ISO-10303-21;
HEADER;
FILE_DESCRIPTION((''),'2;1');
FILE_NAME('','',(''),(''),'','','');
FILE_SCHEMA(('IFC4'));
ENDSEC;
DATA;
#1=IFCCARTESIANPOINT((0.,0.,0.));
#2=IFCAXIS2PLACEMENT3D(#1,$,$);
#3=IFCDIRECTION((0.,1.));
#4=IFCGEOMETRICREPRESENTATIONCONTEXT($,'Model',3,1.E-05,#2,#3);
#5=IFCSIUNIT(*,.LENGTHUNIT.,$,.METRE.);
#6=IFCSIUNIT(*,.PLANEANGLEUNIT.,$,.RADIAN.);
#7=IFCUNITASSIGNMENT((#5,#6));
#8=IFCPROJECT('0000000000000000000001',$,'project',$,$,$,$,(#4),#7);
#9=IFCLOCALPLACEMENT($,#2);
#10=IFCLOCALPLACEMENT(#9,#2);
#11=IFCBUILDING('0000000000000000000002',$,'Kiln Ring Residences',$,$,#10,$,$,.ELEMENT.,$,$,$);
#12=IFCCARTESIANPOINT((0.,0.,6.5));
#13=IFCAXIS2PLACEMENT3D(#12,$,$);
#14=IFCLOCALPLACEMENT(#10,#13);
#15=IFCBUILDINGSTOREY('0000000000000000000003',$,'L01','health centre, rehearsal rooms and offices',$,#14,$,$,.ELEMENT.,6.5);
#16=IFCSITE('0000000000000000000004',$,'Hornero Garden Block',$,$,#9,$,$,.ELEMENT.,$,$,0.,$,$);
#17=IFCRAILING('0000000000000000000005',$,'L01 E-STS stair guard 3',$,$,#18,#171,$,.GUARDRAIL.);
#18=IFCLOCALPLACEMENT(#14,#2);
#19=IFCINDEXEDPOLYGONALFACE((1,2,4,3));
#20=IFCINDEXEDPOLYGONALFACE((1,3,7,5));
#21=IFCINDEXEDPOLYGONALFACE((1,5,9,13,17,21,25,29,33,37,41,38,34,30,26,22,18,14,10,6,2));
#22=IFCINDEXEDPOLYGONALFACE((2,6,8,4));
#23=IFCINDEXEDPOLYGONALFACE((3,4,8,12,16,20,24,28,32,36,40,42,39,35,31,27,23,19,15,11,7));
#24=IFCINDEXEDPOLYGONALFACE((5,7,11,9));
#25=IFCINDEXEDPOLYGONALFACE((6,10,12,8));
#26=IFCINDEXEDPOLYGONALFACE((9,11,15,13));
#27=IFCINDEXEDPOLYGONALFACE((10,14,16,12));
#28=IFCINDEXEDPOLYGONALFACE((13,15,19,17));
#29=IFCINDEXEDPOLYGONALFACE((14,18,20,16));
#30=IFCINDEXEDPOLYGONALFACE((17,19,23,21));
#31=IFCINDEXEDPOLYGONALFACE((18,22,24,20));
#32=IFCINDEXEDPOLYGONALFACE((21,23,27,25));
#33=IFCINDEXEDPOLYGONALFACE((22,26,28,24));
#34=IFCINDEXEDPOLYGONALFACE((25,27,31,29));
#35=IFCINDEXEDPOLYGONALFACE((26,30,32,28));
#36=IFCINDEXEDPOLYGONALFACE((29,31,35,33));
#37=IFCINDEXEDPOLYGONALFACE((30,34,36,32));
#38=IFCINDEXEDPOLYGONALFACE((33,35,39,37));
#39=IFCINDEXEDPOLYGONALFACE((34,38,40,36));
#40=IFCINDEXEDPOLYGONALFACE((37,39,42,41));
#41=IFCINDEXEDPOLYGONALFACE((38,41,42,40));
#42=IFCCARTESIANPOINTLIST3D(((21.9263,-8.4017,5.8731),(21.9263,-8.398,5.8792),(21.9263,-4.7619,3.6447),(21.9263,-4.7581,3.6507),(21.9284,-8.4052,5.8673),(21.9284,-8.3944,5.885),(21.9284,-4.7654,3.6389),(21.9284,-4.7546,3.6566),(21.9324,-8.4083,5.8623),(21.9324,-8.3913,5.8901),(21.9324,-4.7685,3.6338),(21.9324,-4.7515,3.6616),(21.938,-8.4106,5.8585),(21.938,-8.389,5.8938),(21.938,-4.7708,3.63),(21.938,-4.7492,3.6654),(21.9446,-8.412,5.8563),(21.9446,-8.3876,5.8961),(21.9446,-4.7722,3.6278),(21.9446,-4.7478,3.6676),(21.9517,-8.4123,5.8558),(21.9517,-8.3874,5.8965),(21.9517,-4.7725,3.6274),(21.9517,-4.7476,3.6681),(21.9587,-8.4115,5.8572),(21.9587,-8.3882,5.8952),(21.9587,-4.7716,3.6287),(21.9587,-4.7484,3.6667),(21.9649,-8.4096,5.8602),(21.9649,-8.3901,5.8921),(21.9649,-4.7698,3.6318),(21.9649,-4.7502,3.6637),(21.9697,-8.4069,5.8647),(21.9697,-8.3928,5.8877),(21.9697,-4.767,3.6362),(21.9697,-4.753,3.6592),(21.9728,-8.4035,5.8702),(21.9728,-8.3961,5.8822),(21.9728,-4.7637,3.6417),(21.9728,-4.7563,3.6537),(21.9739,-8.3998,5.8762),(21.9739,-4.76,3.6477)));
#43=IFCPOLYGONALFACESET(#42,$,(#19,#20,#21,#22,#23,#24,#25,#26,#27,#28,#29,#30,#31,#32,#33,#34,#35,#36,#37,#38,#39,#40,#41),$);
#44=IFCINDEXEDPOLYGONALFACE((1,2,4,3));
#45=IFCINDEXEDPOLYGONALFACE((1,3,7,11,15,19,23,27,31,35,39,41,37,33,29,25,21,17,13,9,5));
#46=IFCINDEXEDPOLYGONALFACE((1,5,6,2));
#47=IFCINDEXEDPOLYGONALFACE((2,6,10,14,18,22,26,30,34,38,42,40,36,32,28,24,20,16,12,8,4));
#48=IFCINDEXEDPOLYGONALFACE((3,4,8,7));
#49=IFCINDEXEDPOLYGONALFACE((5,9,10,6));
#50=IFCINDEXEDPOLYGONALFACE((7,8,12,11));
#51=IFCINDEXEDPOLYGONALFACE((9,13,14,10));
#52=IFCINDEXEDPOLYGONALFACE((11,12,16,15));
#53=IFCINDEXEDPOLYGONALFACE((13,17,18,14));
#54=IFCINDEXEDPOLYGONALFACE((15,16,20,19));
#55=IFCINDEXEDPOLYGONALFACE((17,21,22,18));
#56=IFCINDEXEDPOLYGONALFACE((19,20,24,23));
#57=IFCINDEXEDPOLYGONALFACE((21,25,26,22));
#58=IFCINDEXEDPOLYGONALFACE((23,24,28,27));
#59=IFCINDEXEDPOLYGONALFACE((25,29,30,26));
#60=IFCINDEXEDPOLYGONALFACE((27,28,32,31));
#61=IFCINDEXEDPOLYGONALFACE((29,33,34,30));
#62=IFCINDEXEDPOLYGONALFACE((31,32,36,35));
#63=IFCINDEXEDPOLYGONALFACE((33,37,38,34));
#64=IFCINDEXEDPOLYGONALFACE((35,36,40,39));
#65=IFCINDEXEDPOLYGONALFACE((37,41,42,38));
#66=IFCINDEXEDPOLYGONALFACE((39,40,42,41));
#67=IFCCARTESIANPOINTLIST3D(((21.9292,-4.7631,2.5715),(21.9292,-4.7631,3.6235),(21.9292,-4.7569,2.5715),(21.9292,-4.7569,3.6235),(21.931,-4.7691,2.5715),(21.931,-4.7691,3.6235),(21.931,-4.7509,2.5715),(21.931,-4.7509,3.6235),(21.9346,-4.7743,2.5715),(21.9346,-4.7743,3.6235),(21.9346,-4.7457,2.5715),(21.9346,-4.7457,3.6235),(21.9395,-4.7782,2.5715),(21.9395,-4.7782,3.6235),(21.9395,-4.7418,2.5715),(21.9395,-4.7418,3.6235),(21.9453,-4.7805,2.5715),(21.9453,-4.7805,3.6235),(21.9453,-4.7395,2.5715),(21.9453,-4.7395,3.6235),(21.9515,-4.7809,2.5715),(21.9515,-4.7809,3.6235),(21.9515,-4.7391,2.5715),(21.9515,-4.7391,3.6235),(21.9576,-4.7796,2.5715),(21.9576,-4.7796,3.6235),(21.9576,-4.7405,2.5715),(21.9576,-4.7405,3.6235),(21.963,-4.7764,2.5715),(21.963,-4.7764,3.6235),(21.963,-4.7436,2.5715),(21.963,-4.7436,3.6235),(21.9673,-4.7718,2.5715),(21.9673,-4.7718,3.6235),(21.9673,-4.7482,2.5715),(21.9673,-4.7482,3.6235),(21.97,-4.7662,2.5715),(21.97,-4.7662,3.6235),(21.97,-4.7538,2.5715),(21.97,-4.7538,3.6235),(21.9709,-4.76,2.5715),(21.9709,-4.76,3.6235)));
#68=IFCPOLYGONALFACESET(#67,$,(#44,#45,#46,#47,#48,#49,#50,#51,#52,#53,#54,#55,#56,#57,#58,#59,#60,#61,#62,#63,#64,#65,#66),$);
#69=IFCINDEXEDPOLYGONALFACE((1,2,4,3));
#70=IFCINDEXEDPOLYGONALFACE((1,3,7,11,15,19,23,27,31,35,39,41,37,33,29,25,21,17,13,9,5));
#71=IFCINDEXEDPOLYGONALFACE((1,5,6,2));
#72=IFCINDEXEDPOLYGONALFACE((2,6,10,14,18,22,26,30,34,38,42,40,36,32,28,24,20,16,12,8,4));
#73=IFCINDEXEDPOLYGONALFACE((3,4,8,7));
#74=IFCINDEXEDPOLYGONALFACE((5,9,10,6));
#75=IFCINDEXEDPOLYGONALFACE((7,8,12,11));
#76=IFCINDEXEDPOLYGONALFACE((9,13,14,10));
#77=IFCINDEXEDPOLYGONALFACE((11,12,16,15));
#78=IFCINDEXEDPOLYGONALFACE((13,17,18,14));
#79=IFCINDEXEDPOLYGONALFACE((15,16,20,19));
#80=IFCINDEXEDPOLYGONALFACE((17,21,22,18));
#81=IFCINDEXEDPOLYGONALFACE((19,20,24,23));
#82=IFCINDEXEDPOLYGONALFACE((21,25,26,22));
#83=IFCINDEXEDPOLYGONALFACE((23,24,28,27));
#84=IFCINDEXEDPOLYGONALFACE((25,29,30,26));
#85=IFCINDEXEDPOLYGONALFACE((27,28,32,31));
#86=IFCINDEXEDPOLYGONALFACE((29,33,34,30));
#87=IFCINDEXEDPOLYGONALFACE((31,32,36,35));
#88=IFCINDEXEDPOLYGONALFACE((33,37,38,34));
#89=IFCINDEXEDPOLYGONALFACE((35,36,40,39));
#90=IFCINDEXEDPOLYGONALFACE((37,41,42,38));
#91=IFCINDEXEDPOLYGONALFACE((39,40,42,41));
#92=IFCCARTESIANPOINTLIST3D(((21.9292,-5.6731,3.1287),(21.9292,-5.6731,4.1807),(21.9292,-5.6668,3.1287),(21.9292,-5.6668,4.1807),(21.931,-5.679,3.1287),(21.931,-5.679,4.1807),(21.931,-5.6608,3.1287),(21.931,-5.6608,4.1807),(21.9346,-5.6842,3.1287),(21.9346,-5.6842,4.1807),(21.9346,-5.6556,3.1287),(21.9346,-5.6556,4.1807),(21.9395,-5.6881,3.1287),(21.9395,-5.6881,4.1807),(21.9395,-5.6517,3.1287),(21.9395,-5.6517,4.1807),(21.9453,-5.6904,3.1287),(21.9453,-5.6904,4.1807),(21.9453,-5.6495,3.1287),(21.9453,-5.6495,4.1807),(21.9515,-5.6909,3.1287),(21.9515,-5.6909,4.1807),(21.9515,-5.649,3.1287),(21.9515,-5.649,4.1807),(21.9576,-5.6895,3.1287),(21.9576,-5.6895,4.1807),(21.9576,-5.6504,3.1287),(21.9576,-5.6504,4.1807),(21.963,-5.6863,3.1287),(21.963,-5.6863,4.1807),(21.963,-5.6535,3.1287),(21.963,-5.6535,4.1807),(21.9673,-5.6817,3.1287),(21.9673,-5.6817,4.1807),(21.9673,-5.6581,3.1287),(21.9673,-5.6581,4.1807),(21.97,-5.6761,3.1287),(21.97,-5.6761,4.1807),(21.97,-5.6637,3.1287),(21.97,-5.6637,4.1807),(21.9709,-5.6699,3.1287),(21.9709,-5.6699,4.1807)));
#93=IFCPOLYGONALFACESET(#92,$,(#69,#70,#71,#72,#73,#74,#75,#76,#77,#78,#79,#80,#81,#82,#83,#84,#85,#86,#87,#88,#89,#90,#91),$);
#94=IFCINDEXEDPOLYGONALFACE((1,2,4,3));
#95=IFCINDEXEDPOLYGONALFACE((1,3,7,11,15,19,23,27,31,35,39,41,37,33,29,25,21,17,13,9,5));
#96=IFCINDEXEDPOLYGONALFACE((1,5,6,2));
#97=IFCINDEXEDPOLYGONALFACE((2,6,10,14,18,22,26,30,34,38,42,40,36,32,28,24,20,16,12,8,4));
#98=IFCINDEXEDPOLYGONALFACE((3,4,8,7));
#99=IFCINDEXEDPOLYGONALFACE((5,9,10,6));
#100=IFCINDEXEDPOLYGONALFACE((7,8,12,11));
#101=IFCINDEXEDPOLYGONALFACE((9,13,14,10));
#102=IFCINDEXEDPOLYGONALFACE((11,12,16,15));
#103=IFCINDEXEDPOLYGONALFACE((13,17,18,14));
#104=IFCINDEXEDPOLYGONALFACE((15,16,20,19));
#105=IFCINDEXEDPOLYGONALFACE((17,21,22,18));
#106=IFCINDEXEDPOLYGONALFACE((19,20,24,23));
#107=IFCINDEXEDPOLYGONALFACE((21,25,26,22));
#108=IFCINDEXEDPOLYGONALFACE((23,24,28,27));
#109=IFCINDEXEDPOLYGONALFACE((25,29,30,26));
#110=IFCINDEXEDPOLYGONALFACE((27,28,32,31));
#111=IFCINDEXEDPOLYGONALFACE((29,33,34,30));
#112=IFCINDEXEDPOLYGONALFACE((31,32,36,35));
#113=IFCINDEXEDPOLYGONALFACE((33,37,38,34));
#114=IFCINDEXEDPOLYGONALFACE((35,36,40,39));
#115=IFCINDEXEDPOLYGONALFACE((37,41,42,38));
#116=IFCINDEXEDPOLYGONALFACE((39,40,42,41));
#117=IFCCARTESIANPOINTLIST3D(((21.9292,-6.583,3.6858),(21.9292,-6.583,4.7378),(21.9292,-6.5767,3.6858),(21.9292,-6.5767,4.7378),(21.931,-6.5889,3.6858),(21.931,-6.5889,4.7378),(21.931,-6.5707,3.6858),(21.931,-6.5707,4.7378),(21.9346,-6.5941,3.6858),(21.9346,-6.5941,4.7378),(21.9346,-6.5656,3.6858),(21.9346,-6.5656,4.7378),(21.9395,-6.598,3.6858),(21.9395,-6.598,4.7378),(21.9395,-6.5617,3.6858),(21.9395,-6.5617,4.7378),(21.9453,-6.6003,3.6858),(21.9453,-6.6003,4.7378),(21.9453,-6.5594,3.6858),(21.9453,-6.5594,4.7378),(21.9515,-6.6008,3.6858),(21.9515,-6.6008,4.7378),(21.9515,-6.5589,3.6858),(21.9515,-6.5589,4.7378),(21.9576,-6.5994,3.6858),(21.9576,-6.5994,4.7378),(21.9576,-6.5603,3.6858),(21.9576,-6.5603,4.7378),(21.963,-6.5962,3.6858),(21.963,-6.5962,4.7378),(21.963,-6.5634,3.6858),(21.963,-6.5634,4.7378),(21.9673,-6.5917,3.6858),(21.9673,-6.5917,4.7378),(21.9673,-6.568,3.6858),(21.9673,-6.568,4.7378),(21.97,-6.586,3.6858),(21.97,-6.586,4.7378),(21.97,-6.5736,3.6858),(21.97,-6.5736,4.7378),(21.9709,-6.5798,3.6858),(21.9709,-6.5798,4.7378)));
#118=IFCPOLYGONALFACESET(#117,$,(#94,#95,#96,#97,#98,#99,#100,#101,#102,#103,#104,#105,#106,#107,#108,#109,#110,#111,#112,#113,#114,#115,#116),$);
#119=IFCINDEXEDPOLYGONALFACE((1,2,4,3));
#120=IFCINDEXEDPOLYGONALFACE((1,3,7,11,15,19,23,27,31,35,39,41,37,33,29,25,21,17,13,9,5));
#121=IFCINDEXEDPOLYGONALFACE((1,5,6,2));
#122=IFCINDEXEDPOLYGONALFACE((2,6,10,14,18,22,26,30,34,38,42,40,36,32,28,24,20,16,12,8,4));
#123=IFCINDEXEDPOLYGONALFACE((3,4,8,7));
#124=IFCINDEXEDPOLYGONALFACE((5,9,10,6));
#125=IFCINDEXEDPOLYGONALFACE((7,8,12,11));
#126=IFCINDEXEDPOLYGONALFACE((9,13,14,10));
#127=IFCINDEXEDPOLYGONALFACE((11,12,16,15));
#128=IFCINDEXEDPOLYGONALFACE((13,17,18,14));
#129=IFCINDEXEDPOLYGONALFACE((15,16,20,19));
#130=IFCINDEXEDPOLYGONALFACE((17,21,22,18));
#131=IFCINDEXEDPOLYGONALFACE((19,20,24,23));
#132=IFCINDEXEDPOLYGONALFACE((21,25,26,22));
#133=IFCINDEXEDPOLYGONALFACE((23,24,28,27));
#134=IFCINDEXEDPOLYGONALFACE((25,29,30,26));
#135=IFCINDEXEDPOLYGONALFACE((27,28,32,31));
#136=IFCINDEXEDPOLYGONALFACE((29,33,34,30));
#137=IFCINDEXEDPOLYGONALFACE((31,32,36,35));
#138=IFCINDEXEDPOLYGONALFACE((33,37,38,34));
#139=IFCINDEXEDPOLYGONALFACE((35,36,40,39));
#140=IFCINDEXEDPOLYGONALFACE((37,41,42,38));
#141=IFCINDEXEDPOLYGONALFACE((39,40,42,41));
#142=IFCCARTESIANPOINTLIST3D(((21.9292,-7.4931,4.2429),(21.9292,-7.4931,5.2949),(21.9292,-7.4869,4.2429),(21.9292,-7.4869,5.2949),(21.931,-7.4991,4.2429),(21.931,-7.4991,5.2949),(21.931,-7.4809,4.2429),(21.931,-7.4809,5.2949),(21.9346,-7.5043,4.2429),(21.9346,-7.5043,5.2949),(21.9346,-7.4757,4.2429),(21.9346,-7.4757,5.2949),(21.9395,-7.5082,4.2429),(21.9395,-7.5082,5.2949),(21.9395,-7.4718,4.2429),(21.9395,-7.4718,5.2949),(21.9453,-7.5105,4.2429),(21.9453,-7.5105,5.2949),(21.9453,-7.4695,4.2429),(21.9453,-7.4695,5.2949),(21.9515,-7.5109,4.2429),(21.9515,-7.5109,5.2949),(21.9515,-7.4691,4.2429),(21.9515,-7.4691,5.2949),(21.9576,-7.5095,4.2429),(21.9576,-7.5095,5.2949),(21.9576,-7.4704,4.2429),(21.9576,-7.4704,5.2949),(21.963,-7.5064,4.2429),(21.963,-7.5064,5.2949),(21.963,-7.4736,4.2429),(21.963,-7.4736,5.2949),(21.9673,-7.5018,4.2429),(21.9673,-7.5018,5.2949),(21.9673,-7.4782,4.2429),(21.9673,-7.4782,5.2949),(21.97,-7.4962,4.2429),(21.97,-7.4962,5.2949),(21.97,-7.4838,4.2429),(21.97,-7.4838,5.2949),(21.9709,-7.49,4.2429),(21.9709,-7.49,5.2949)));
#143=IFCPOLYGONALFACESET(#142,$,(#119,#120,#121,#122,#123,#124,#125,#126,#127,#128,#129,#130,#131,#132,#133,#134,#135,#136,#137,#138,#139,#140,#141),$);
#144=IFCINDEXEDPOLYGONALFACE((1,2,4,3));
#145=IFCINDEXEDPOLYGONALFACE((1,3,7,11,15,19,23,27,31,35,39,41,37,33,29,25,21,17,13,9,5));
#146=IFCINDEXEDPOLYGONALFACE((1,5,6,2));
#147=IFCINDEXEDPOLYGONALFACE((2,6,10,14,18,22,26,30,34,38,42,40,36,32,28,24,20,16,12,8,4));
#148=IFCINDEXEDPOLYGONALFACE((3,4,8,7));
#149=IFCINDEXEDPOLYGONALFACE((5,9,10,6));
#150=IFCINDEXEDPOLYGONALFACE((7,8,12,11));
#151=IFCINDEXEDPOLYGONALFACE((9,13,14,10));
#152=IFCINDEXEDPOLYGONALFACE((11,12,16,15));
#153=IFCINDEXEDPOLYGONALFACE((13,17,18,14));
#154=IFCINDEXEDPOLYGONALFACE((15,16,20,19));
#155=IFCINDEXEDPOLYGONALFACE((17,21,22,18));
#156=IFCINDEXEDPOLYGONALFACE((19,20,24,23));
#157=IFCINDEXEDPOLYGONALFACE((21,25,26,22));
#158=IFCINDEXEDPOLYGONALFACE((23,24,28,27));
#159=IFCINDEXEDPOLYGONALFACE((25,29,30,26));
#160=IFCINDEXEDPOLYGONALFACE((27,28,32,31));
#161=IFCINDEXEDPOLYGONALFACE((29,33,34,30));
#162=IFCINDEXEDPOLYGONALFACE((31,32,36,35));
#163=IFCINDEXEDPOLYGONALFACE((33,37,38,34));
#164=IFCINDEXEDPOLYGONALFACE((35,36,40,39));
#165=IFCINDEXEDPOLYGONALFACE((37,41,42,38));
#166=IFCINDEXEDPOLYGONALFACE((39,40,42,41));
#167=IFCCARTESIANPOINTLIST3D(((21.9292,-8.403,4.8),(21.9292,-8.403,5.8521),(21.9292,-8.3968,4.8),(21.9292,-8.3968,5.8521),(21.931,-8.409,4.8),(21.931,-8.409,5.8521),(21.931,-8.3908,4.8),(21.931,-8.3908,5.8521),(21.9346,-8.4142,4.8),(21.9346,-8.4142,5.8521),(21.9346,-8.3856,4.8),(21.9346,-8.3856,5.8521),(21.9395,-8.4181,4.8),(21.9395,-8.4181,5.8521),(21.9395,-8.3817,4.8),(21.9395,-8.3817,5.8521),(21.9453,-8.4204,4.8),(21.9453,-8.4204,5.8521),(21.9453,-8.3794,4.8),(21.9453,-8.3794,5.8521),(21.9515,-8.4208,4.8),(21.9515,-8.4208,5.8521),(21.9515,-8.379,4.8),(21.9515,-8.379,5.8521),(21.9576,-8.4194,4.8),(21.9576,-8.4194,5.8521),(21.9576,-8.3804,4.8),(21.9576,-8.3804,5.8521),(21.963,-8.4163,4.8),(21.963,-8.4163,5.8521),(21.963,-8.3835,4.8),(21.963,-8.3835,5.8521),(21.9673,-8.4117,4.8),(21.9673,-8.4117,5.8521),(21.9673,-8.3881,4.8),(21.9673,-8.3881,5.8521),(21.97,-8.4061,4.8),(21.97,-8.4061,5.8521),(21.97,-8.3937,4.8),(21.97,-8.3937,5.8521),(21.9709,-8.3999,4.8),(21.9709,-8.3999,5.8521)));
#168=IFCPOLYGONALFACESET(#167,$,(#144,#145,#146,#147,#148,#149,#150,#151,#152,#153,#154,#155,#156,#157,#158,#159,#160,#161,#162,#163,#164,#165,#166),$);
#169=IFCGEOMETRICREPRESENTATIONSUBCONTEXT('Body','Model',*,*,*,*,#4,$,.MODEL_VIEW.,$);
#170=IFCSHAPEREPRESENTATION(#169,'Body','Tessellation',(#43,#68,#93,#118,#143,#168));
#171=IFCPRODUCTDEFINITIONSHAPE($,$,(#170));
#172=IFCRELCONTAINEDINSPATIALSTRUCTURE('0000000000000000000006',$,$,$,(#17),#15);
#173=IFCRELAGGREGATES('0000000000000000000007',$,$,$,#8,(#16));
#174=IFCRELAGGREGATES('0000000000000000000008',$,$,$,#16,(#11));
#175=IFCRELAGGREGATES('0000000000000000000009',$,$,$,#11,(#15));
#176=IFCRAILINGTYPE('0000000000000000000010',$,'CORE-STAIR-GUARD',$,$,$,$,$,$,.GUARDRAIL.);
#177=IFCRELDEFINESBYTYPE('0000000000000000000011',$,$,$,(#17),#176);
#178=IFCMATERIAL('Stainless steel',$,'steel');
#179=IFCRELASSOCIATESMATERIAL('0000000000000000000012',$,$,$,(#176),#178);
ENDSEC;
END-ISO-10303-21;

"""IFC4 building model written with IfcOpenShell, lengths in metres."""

from ifc_helpers import new_model, si_unit, direction, frame, origin, origin_2d, place, context, subcontext, project, spatial, circle, extrude, material, type_object, element, save


model = new_model("IFC4")

# Units and contexts
model_context = context("Model", 3, precision=1e-05, world=origin(), true_north=direction((0.0, 1.0)))
body_context = subcontext(model_context, "Body", "Model", "MODEL_VIEW")
ifc_project = project(units=[si_unit("LENGTHUNIT", "METRE"), si_unit("PLANEANGLEUNIT", "RADIAN")], contexts=[model_context])

# Site, building, storey
site_placement = place(None, origin())
site = spatial("IfcSite", under=ifc_project, at=site_placement, Name="Hornero Garden Block", CompositionType="ELEMENT", RefElevation=0.0)
building_placement = place(site_placement, origin())
building = spatial("IfcBuilding", under=site, at=building_placement, Name="Kiln Ring Residences", CompositionType="ELEMENT")
storey_placement = place(building_placement, frame((0.0, 0.0, 6.5)))
storey = spatial("IfcBuildingStorey", under=building, at=storey_placement, Name="L01", Description="health centre, rehearsal rooms and offices", CompositionType="ELEMENT", Elevation=6.5)

# Railing
ifc_material_1 = material(Name="Stainless steel", Category="steel")
railing_type_1 = type_object("IfcRailingType", Name="CORE-STAIR-GUARD", PredefinedType="GUARDRAIL", material=ifc_material_1)
railing_1_placement = place(storey_placement, frame((21.95, -4.76, 2.5715)))
element("IfcRailing", 1, at=railing_1_placement, inside=storey, type_object=railing_type_1, Name="L01 E-STS stair guard 3", PredefinedType="GUARDRAIL", context=body_context, shape_type="SweptSolid", body=[
    extrude(circle(Radius=0.0239, at=origin_2d()), frame((0.0, 0.0, 1.0762), z_axis=(0.0, -0.85285, 0.522156), x_axis=(1.0, 0.0, 0.0)), (0.0, 0.0, 1.0), 4.2678),
    extrude(circle(Radius=0.021, at=origin_2d()), origin(), (0.0, 0.0, 1.0), 1.052),
    extrude(circle(Radius=0.021, at=origin_2d()), frame((0.0, -0.9099, 0.5571)), (0.0, 0.0, 1.0), 1.052),
    extrude(circle(Radius=0.021, at=origin_2d()), frame((0.0, -1.8198, 1.1143)), (0.0, 0.0, 1.0), 1.052),
    extrude(circle(Radius=0.021, at=origin_2d()), frame((0.0, -2.73, 1.6714)), (0.0, 0.0, 1.0), 1.052),
    extrude(circle(Radius=0.021, at=origin_2d()), frame((0.0, -3.6399, 2.2285)), (0.0, 0.0, 1.0), 1.052),
])

save(model, "model.ifc")
